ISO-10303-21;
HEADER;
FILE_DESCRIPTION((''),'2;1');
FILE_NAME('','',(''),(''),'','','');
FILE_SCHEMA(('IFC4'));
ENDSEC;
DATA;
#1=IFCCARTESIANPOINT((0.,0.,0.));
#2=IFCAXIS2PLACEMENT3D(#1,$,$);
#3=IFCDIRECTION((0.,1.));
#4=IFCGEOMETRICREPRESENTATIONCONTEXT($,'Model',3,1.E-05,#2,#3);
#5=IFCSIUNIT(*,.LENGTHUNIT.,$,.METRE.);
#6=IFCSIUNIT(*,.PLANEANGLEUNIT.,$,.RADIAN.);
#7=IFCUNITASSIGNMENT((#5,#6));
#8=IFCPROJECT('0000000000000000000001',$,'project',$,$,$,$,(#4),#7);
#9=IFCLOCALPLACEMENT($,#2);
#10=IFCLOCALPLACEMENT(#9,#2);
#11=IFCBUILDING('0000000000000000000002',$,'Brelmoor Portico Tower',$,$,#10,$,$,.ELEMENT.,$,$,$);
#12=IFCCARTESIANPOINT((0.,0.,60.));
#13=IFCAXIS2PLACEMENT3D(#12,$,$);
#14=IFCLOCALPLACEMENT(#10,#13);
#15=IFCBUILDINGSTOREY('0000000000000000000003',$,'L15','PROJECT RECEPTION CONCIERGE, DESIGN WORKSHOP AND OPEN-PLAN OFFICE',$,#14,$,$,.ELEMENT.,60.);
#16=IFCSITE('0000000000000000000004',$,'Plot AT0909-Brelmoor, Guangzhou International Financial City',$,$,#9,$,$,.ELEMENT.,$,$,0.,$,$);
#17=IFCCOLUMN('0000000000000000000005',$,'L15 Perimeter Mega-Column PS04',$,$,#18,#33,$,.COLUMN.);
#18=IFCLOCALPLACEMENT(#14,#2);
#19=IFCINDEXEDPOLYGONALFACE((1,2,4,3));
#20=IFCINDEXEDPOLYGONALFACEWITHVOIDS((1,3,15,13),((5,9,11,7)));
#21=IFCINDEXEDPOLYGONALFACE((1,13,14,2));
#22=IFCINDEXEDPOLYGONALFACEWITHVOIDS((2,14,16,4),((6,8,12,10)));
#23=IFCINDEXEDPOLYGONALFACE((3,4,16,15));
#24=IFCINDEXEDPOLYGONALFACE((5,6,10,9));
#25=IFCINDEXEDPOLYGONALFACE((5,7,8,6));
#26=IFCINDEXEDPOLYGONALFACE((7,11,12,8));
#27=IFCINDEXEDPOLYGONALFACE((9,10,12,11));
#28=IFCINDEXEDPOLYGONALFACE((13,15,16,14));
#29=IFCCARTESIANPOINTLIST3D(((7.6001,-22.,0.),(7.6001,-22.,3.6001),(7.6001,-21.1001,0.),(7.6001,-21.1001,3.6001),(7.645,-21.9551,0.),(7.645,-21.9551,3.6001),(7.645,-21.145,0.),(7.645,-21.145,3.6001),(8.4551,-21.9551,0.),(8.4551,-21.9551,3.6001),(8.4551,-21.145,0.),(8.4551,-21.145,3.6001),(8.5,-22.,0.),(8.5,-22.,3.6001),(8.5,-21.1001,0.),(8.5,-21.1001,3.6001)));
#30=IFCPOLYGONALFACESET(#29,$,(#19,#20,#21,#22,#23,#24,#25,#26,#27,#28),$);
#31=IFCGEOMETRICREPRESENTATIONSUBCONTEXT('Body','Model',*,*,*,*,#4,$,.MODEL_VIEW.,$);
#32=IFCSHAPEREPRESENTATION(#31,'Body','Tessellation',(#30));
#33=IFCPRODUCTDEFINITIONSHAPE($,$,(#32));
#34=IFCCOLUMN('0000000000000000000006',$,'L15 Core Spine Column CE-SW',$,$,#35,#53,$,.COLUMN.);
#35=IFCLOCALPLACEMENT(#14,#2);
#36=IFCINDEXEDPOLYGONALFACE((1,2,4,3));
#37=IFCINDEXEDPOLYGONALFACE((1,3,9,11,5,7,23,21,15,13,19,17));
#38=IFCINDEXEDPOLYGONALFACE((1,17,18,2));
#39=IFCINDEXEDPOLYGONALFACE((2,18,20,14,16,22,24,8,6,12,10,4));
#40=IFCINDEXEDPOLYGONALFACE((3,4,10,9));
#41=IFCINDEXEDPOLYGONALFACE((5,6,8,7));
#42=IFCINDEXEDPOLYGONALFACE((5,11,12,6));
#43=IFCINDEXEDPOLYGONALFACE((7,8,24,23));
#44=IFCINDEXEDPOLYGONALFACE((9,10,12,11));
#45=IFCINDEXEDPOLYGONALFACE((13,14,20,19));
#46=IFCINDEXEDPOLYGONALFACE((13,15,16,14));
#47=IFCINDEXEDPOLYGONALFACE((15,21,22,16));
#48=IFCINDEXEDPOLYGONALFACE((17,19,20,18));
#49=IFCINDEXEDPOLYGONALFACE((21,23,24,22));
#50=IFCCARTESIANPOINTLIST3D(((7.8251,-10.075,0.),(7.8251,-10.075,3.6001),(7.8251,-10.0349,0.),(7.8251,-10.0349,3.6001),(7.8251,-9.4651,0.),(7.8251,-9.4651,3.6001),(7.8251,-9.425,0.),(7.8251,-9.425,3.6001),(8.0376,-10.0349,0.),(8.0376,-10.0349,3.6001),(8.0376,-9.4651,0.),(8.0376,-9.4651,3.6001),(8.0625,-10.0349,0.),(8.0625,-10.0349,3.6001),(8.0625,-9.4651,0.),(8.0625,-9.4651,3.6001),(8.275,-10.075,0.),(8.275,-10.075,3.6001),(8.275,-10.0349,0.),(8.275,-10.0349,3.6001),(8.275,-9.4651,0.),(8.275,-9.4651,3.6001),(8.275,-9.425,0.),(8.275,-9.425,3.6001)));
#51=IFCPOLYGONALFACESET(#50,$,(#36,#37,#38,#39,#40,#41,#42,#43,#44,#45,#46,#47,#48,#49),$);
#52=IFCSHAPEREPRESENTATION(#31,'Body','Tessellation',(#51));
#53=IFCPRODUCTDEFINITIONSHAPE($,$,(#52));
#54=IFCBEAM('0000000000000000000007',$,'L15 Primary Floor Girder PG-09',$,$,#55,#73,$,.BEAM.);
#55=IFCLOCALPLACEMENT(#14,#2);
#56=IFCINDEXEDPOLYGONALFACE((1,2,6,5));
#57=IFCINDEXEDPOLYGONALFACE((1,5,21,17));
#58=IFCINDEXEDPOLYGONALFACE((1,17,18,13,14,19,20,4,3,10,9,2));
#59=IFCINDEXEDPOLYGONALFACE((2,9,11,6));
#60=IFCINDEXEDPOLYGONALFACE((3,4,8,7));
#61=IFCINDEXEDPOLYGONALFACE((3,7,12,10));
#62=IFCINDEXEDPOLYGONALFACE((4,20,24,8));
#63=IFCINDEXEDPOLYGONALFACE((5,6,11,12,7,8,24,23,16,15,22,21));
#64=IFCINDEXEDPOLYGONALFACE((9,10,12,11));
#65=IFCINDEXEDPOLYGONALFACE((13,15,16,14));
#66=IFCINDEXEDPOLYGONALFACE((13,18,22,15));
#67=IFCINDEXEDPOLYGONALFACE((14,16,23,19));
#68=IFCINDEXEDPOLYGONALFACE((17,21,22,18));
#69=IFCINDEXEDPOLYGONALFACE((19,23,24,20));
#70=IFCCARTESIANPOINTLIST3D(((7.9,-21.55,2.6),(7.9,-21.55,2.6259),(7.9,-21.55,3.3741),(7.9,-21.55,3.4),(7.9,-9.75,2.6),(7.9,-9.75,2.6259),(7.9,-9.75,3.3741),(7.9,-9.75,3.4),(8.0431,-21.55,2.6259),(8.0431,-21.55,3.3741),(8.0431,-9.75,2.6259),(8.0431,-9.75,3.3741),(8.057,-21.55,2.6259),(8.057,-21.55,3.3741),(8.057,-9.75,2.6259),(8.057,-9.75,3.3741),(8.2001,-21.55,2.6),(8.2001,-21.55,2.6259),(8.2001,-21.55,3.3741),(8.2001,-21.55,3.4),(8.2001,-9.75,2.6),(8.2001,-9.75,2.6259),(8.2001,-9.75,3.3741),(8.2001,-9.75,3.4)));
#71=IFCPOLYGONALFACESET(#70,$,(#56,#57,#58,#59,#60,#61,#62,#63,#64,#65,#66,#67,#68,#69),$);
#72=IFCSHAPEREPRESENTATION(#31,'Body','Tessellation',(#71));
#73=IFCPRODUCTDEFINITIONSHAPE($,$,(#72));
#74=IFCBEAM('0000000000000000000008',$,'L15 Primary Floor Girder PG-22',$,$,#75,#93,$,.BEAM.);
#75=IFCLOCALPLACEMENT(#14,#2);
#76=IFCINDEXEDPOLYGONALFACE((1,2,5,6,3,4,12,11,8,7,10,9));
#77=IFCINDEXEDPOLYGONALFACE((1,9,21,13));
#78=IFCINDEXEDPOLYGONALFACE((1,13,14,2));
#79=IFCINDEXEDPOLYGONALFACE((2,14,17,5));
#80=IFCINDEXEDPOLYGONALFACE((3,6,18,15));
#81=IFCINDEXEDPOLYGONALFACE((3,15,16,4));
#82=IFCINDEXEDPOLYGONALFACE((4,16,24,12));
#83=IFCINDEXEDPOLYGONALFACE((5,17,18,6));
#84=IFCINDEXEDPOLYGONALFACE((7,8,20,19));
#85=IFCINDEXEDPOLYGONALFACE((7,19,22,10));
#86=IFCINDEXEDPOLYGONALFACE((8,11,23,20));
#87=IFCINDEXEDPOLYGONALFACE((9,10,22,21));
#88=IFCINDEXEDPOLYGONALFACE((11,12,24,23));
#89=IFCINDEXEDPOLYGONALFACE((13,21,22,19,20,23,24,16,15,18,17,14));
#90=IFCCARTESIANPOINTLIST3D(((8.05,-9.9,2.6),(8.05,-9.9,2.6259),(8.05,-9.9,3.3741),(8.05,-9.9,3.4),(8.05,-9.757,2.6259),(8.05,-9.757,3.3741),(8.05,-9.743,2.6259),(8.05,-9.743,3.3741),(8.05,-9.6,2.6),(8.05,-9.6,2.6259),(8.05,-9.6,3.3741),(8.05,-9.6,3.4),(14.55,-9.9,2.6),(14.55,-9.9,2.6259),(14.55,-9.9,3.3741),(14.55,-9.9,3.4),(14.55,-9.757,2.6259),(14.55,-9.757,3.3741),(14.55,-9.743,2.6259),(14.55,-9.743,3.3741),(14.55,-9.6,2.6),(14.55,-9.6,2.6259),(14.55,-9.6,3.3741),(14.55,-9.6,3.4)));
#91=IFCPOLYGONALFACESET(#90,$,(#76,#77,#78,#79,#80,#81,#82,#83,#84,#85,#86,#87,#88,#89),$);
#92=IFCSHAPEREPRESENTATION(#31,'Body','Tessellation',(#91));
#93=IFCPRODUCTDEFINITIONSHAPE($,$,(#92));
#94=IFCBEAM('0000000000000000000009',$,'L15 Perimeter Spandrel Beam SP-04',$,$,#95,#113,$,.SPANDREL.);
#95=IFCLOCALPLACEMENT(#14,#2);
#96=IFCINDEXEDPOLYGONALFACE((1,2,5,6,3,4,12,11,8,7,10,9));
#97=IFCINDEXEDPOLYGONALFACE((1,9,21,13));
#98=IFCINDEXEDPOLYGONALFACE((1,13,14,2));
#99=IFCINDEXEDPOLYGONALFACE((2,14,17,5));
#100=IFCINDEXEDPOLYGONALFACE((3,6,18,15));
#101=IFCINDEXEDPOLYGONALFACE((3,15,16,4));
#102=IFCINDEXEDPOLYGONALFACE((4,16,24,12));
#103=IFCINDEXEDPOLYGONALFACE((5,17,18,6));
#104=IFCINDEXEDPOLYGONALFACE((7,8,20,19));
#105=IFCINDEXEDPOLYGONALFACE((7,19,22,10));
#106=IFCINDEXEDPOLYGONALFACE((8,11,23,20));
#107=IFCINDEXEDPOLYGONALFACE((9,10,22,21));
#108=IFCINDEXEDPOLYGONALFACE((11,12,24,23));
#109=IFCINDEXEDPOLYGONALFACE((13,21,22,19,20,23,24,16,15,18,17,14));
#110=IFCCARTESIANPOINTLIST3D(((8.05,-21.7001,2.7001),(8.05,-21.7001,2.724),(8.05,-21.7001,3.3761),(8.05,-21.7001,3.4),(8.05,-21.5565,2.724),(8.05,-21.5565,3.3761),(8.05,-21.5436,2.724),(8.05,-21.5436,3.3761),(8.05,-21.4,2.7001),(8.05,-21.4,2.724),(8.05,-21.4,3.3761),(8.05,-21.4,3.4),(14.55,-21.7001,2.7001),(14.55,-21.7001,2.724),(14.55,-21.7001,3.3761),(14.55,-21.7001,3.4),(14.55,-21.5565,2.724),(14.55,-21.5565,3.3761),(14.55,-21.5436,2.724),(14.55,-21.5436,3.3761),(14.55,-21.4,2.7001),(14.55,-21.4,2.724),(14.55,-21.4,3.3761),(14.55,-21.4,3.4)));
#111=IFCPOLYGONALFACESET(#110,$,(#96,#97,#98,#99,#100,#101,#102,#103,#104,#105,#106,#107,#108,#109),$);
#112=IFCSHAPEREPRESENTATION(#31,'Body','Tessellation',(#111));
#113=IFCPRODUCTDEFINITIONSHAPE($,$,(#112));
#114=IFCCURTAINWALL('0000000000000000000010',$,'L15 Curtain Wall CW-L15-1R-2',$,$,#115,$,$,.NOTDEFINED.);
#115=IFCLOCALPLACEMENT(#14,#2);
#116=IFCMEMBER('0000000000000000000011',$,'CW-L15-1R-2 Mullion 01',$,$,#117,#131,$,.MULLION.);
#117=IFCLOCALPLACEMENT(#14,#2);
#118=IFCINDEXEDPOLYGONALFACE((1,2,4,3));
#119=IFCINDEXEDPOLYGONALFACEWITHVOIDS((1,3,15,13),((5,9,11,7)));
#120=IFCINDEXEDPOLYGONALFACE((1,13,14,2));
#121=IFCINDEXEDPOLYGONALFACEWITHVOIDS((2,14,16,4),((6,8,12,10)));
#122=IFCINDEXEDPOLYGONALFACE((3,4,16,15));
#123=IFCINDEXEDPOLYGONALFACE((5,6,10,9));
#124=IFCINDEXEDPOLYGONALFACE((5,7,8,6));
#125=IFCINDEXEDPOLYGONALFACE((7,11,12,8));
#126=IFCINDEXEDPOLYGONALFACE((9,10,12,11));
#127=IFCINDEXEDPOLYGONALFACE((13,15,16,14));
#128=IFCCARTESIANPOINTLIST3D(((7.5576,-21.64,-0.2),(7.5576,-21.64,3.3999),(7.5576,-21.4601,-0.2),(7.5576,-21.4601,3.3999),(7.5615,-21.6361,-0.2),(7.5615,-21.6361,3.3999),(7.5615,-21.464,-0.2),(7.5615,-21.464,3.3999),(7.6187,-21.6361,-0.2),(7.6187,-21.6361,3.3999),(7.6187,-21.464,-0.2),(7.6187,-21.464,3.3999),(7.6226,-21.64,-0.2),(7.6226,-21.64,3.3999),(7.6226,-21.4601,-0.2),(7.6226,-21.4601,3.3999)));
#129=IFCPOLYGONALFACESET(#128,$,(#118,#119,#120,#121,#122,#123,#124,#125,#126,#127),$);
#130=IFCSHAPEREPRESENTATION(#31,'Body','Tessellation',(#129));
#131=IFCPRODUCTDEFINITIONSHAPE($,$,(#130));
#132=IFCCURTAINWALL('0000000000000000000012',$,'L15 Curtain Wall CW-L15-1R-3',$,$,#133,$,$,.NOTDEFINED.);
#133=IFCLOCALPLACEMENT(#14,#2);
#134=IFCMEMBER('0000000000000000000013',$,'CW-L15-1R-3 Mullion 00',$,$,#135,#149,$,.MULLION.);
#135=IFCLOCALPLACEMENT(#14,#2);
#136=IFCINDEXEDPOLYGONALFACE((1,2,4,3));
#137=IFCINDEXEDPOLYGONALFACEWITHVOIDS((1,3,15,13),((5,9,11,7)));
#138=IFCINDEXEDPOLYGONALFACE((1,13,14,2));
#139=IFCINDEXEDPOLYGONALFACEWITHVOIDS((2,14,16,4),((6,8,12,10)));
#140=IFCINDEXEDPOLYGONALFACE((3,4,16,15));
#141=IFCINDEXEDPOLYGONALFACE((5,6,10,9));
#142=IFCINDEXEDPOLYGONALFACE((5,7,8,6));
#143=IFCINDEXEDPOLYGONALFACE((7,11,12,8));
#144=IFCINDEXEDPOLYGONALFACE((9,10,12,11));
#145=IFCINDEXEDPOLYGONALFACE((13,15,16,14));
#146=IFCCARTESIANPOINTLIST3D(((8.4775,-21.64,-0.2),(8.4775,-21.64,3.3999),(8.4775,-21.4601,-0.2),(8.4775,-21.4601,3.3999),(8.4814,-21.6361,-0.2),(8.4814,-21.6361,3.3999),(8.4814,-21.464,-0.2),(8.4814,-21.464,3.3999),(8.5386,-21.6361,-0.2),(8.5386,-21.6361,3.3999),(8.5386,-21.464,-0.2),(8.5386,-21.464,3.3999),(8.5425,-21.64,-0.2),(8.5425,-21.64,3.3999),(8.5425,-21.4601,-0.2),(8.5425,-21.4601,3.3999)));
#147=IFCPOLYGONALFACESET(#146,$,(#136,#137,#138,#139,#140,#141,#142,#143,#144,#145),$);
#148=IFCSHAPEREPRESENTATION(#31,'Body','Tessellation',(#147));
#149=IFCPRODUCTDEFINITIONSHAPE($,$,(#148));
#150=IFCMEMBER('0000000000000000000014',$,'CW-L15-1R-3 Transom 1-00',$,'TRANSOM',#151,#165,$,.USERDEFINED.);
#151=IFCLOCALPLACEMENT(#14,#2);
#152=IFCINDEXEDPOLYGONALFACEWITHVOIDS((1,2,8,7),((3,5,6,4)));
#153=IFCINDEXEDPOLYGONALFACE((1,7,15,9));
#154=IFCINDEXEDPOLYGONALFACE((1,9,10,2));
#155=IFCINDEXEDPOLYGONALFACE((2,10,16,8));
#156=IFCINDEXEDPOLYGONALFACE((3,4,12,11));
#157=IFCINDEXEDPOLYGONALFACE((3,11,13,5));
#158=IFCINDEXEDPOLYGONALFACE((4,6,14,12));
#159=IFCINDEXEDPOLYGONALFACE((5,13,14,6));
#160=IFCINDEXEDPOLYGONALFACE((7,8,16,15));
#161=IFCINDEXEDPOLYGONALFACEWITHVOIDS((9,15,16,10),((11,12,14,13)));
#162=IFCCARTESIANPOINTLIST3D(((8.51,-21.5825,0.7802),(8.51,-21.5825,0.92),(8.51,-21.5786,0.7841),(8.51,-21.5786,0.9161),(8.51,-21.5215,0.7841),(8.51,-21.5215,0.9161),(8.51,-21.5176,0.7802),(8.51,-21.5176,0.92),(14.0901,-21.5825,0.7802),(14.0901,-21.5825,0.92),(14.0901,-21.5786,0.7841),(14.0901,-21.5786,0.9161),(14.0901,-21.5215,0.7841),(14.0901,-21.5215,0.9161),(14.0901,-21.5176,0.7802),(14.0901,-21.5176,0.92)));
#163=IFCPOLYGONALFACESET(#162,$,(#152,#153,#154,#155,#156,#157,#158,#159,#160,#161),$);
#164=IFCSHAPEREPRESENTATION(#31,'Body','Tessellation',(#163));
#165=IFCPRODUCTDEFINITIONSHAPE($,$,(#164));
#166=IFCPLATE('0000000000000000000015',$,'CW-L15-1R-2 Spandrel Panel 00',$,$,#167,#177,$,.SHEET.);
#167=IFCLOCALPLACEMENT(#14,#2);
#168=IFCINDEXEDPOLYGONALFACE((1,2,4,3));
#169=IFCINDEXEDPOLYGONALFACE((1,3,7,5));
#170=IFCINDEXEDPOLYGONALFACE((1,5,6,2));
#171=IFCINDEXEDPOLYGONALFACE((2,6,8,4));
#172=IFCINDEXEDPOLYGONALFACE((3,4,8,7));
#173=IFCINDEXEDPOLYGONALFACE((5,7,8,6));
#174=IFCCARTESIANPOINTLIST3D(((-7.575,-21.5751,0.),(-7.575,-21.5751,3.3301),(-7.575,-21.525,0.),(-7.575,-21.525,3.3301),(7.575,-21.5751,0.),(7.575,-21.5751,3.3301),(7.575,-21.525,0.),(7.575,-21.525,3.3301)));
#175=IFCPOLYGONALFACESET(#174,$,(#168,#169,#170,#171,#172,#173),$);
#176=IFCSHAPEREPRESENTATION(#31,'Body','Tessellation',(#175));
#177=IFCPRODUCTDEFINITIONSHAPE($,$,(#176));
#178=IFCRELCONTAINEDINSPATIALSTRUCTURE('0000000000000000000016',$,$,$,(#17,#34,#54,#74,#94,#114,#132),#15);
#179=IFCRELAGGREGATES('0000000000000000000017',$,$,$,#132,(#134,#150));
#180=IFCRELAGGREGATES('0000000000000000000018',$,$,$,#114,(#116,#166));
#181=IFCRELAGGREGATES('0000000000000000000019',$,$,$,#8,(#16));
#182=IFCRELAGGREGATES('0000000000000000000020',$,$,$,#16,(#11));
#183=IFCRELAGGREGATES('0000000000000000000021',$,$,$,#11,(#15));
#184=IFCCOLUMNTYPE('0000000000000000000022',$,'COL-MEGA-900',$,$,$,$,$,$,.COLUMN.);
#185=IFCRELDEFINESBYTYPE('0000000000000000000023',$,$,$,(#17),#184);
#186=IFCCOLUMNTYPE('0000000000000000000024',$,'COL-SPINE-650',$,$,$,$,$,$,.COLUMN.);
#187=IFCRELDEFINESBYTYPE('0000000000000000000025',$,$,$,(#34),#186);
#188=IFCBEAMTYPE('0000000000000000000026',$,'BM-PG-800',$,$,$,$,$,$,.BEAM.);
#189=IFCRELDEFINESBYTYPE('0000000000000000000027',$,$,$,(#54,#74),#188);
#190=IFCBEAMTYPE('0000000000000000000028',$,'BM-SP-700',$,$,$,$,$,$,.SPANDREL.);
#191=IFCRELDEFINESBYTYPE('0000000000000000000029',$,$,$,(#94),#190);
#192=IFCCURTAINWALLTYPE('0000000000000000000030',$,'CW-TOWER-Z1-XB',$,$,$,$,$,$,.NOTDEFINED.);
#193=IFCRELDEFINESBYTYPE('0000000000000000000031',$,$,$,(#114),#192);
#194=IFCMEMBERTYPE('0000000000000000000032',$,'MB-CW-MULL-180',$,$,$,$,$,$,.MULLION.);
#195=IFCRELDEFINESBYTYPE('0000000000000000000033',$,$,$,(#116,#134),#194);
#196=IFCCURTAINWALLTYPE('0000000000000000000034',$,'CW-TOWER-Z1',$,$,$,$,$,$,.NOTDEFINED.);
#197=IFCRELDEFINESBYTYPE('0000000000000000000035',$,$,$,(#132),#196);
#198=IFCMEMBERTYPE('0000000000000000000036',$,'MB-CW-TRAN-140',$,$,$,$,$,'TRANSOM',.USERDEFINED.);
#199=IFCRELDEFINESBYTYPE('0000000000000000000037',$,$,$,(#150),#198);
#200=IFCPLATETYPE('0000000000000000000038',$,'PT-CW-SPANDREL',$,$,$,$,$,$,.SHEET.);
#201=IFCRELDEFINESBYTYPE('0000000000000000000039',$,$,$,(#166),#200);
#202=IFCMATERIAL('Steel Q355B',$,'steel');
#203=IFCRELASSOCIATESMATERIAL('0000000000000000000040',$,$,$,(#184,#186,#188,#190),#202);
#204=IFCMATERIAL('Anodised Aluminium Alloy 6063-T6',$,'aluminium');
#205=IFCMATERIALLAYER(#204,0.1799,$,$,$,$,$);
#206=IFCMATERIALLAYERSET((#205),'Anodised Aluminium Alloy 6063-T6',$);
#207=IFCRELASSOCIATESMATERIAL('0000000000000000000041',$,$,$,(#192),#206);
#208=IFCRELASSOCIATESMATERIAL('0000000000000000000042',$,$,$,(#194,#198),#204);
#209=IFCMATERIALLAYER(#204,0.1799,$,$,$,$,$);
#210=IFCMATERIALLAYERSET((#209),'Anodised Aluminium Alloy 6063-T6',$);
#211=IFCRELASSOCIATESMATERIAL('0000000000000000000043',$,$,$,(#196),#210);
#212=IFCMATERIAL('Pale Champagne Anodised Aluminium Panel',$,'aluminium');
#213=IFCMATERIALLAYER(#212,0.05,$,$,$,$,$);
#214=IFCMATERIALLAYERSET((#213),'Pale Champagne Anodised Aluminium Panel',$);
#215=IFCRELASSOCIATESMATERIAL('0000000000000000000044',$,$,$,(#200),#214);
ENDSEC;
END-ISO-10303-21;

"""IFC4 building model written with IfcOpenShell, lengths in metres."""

from ifc_helpers import new_model, si_unit, direction, frame, origin, origin_2d, place, context, subcontext, project, spatial, rectangle, hollow_rectangle, i_section, extrude, material, layer, layer_set, material_profile, profile_set, type_object, element, aggregate, save


model = new_model("IFC4")

# Units and contexts
model_context = context("Model", 3, precision=1e-05, world=origin(), true_north=direction((0.0, 1.0)))
body_context = subcontext(model_context, "Body", "Model", "MODEL_VIEW")
ifc_project = project(units=[si_unit("LENGTHUNIT", "METRE"), si_unit("PLANEANGLEUNIT", "RADIAN")], contexts=[model_context])

# Site, building, storey
site_placement = place(None, origin())
site = spatial("IfcSite", under=ifc_project, at=site_placement, Name="Plot AT0909-Brelmoor, Guangzhou International Financial City", CompositionType="ELEMENT", RefElevation=0.0)
building_placement = place(site_placement, origin())
building = spatial("IfcBuilding", under=site, at=building_placement, Name="Brelmoor Portico Tower", CompositionType="ELEMENT")
storey_placement = place(building_placement, frame((0.0, 0.0, 60.0)))
storey = spatial("IfcBuildingStorey", under=building, at=storey_placement, Name="L15", Description="PROJECT RECEPTION CONCIERGE, DESIGN WORKSHOP AND OPEN-PLAN OFFICE", CompositionType="ELEMENT", Elevation=60.0)

# Columns
ifc_material_1 = material(Name="Steel Q355B", Category="steel")
ifc_material_profile_1 = material_profile(ifc_material_1, hollow_rectangle(XDim=0.8999, YDim=0.8999, WallThickness=0.0449, at=origin_2d()), Name="BOX 900x900x45")
ifc_profile_set_1 = profile_set([ifc_material_profile_1], Name="Steel Q355B")
column_type_1 = type_object("IfcColumnType", Name="COL-MEGA-900", PredefinedType="COLUMN", material=ifc_profile_set_1)
column_1_placement = place(storey_placement, frame((8.05, -21.55, 0.0), z_axis=(0.0, 0.0, 1.0), x_axis=(1.0, 0.0, 0.0)))
element("IfcColumn", 1, at=column_1_placement, inside=storey, type_object=column_type_1, Name="L15 Perimeter Mega-Column PS04", PredefinedType="COLUMN", context=body_context, shape_type="SweptSolid", body=[
    extrude(hollow_rectangle(XDim=0.8999, YDim=0.8999, WallThickness=0.0449, at=origin_2d()), origin(), (0.0, 0.0, 1.0), 3.6001),
])
ifc_material_profile_2 = material_profile(ifc_material_1, i_section(OverallWidth=0.45, OverallDepth=0.6499, WebThickness=0.0249, FlangeThickness=0.04, at=origin_2d()), Name="HW 650x450x25x40")
ifc_profile_set_2 = profile_set([ifc_material_profile_2], Name="Steel Q355B")
column_type_2 = type_object("IfcColumnType", Name="COL-SPINE-650", PredefinedType="COLUMN", material=ifc_profile_set_2)
column_2_placement = place(storey_placement, frame((8.05, -9.75, 0.0), z_axis=(0.0, 0.0, 1.0), x_axis=(1.0, 0.0, 0.0)))
element("IfcColumn", 2, at=column_2_placement, inside=storey, type_object=column_type_2, Name="L15 Core Spine Column CE-SW", PredefinedType="COLUMN", context=body_context, shape_type="SweptSolid", body=[
    extrude(i_section(OverallWidth=0.45, OverallDepth=0.6499, WebThickness=0.0249, FlangeThickness=0.04, at=origin_2d()), origin(), (0.0, 0.0, 1.0), 3.6001),
])

# Beams
ifc_material_profile_3 = material_profile(ifc_material_1, i_section(OverallWidth=0.3, OverallDepth=0.8, WebThickness=0.0139, FlangeThickness=0.0259, at=origin_2d()), Name="HN 800x300x14x26")
ifc_profile_set_3 = profile_set([ifc_material_profile_3], Name="Steel Q355B")
beam_type_1 = type_object("IfcBeamType", Name="BM-PG-800", PredefinedType="BEAM", material=ifc_profile_set_3)
beam_1_placement = place(storey_placement, frame((8.05, -21.55, 3.0), z_axis=(0.0, 1.0, 0.0), x_axis=(-1.0, 0.0, 0.0)))
element("IfcBeam", 3, at=beam_1_placement, inside=storey, type_object=beam_type_1, Name="L15 Primary Floor Girder PG-09", PredefinedType="BEAM", context=body_context, shape_type="SweptSolid", body=[
    extrude(i_section(OverallWidth=0.3, OverallDepth=0.8, WebThickness=0.0139, FlangeThickness=0.0259, at=origin_2d()), origin(), (0.0, 0.0, 1.0), 11.8),
])
beam_2_placement = place(storey_placement, frame((8.05, -9.75, 3.0), z_axis=(1.0, 0.0, 0.0), x_axis=(0.0, 1.0, 0.0)))
element("IfcBeam", 4, at=beam_2_placement, inside=storey, type_object=beam_type_1, Name="L15 Primary Floor Girder PG-22", PredefinedType="BEAM", context=body_context, shape_type="SweptSolid", body=[
    extrude(i_section(OverallWidth=0.3, OverallDepth=0.8, WebThickness=0.0139, FlangeThickness=0.0259, at=origin_2d()), origin(), (0.0, 0.0, 1.0), 6.5),
])
ifc_material_profile_4 = material_profile(ifc_material_1, i_section(OverallWidth=0.3, OverallDepth=0.7, WebThickness=0.0129, FlangeThickness=0.0239, at=origin_2d()), Name="HN 700x300x13x24")
ifc_profile_set_4 = profile_set([ifc_material_profile_4], Name="Steel Q355B")
beam_type_2 = type_object("IfcBeamType", Name="BM-SP-700", PredefinedType="SPANDREL", material=ifc_profile_set_4)
beam_3_placement = place(storey_placement, frame((8.05, -21.55, 3.05), z_axis=(1.0, 0.0, 0.0), x_axis=(0.0, 1.0, 0.0)))
element("IfcBeam", 5, at=beam_3_placement, inside=storey, type_object=beam_type_2, Name="L15 Perimeter Spandrel Beam SP-04", PredefinedType="SPANDREL", context=body_context, shape_type="SweptSolid", body=[
    extrude(i_section(OverallWidth=0.3, OverallDepth=0.7, WebThickness=0.0129, FlangeThickness=0.0239, at=origin_2d()), origin(), (0.0, 0.0, 1.0), 6.5),
])

# Curtain wall, member
ifc_material_2 = material(Name="Anodised Aluminium Alloy 6063-T6", Category="aluminium")
ifc_layer_1 = layer(ifc_material_2, 0.1799)
ifc_layer_set_1 = layer_set([ifc_layer_1], Name="Anodised Aluminium Alloy 6063-T6")
curtain_wall_type_1 = type_object("IfcCurtainWallType", Name="CW-TOWER-Z1-XB", PredefinedType="NOTDEFINED", material=ifc_layer_set_1)
curtain_wall_1_placement = place(storey_placement, origin())
curtain_wall_1 = element("IfcCurtainWall", 6, at=curtain_wall_1_placement, inside=storey, type_object=curtain_wall_type_1, Name="L15 Curtain Wall CW-L15-1R-2", PredefinedType="NOTDEFINED")
ifc_material_profile_5 = material_profile(ifc_material_2, hollow_rectangle(XDim=0.0649, YDim=0.1799, WallThickness=0.0039, at=origin_2d()), Name="ALU MULLION 65x180")
ifc_profile_set_5 = profile_set([ifc_material_profile_5], Name="Anodised Aluminium Alloy 6063-T6")
member_type_1 = type_object("IfcMemberType", Name="MB-CW-MULL-180", PredefinedType="MULLION", material=ifc_profile_set_5)
member_1_placement = place(storey_placement, frame((7.5901, -21.55, -0.2), z_axis=(0.0, 0.0, 1.0), x_axis=(1.0, 0.0, 0.0)))
member_1 = element("IfcMember", 7, at=member_1_placement, type_object=member_type_1, Name="CW-L15-1R-2 Mullion 01", PredefinedType="MULLION", context=body_context, shape_type="SweptSolid", body=[
    extrude(hollow_rectangle(XDim=0.0649, YDim=0.1799, WallThickness=0.0039, at=origin_2d()), origin(), (0.0, 0.0, 1.0), 3.5999),
])

# Curtain wall, members
ifc_layer_2 = layer(ifc_material_2, 0.1799)
ifc_layer_set_2 = layer_set([ifc_layer_2], Name="Anodised Aluminium Alloy 6063-T6")
curtain_wall_type_2 = type_object("IfcCurtainWallType", Name="CW-TOWER-Z1", PredefinedType="NOTDEFINED", material=ifc_layer_set_2)
curtain_wall_2_placement = place(storey_placement, origin())
curtain_wall_2 = element("IfcCurtainWall", 8, at=curtain_wall_2_placement, inside=storey, type_object=curtain_wall_type_2, Name="L15 Curtain Wall CW-L15-1R-3", PredefinedType="NOTDEFINED")
member_2_placement = place(storey_placement, frame((8.51, -21.55, -0.2), z_axis=(0.0, 0.0, 1.0), x_axis=(1.0, 0.0, 0.0)))
member_2 = element("IfcMember", 9, at=member_2_placement, type_object=member_type_1, Name="CW-L15-1R-3 Mullion 00", PredefinedType="MULLION", context=body_context, shape_type="SweptSolid", body=[
    extrude(hollow_rectangle(XDim=0.0649, YDim=0.1799, WallThickness=0.0039, at=origin_2d()), origin(), (0.0, 0.0, 1.0), 3.5999),
])
ifc_material_profile_6 = material_profile(ifc_material_2, hollow_rectangle(XDim=0.0649, YDim=0.1399, WallThickness=0.0039, at=origin_2d()), Name="ALU TRANSOM 65x140")
ifc_profile_set_6 = profile_set([ifc_material_profile_6], Name="Anodised Aluminium Alloy 6063-T6")
member_type_2 = type_object("IfcMemberType", Name="MB-CW-TRAN-140", ElementType="TRANSOM", PredefinedType="USERDEFINED", material=ifc_profile_set_6)
member_3_placement = place(storey_placement, frame((8.51, -21.55, 0.8501), z_axis=(1.0, 0.0, 0.0), x_axis=(0.0, 1.0, 0.0)))
member_3 = element("IfcMember", 10, at=member_3_placement, type_object=member_type_2, Name="CW-L15-1R-3 Transom 1-00", ObjectType="TRANSOM", PredefinedType="USERDEFINED", context=body_context, shape_type="SweptSolid", body=[
    extrude(hollow_rectangle(XDim=0.0649, YDim=0.1399, WallThickness=0.0039, at=origin_2d()), origin(), (0.0, 0.0, 1.0), 5.5801),
])
aggregate(curtain_wall_2, [member_2, member_3])

# Plate
ifc_material_3 = material(Name="Pale Champagne Anodised Aluminium Panel", Category="aluminium")
ifc_layer_3 = layer(ifc_material_3, 0.05)
ifc_layer_set_3 = layer_set([ifc_layer_3], Name="Pale Champagne Anodised Aluminium Panel")
plate_type_1 = type_object("IfcPlateType", Name="PT-CW-SPANDREL", PredefinedType="SHEET", material=ifc_layer_set_3)
plate_1_placement = place(storey_placement, frame((0.0, -21.55, 0.0), z_axis=(0.0, 0.0, 1.0), x_axis=(1.0, 0.0, 0.0)))
plate_1 = element("IfcPlate", 11, at=plate_1_placement, type_object=plate_type_1, Name="CW-L15-1R-2 Spandrel Panel 00", PredefinedType="SHEET", context=body_context, shape_type="SweptSolid", body=[
    extrude(rectangle(XDim=15.1499, YDim=0.05, at=origin_2d()), origin(), (0.0, 0.0, 1.0), 3.3301),
])
aggregate(curtain_wall_1, [member_1, plate_1])

save(model, "model.ifc")
